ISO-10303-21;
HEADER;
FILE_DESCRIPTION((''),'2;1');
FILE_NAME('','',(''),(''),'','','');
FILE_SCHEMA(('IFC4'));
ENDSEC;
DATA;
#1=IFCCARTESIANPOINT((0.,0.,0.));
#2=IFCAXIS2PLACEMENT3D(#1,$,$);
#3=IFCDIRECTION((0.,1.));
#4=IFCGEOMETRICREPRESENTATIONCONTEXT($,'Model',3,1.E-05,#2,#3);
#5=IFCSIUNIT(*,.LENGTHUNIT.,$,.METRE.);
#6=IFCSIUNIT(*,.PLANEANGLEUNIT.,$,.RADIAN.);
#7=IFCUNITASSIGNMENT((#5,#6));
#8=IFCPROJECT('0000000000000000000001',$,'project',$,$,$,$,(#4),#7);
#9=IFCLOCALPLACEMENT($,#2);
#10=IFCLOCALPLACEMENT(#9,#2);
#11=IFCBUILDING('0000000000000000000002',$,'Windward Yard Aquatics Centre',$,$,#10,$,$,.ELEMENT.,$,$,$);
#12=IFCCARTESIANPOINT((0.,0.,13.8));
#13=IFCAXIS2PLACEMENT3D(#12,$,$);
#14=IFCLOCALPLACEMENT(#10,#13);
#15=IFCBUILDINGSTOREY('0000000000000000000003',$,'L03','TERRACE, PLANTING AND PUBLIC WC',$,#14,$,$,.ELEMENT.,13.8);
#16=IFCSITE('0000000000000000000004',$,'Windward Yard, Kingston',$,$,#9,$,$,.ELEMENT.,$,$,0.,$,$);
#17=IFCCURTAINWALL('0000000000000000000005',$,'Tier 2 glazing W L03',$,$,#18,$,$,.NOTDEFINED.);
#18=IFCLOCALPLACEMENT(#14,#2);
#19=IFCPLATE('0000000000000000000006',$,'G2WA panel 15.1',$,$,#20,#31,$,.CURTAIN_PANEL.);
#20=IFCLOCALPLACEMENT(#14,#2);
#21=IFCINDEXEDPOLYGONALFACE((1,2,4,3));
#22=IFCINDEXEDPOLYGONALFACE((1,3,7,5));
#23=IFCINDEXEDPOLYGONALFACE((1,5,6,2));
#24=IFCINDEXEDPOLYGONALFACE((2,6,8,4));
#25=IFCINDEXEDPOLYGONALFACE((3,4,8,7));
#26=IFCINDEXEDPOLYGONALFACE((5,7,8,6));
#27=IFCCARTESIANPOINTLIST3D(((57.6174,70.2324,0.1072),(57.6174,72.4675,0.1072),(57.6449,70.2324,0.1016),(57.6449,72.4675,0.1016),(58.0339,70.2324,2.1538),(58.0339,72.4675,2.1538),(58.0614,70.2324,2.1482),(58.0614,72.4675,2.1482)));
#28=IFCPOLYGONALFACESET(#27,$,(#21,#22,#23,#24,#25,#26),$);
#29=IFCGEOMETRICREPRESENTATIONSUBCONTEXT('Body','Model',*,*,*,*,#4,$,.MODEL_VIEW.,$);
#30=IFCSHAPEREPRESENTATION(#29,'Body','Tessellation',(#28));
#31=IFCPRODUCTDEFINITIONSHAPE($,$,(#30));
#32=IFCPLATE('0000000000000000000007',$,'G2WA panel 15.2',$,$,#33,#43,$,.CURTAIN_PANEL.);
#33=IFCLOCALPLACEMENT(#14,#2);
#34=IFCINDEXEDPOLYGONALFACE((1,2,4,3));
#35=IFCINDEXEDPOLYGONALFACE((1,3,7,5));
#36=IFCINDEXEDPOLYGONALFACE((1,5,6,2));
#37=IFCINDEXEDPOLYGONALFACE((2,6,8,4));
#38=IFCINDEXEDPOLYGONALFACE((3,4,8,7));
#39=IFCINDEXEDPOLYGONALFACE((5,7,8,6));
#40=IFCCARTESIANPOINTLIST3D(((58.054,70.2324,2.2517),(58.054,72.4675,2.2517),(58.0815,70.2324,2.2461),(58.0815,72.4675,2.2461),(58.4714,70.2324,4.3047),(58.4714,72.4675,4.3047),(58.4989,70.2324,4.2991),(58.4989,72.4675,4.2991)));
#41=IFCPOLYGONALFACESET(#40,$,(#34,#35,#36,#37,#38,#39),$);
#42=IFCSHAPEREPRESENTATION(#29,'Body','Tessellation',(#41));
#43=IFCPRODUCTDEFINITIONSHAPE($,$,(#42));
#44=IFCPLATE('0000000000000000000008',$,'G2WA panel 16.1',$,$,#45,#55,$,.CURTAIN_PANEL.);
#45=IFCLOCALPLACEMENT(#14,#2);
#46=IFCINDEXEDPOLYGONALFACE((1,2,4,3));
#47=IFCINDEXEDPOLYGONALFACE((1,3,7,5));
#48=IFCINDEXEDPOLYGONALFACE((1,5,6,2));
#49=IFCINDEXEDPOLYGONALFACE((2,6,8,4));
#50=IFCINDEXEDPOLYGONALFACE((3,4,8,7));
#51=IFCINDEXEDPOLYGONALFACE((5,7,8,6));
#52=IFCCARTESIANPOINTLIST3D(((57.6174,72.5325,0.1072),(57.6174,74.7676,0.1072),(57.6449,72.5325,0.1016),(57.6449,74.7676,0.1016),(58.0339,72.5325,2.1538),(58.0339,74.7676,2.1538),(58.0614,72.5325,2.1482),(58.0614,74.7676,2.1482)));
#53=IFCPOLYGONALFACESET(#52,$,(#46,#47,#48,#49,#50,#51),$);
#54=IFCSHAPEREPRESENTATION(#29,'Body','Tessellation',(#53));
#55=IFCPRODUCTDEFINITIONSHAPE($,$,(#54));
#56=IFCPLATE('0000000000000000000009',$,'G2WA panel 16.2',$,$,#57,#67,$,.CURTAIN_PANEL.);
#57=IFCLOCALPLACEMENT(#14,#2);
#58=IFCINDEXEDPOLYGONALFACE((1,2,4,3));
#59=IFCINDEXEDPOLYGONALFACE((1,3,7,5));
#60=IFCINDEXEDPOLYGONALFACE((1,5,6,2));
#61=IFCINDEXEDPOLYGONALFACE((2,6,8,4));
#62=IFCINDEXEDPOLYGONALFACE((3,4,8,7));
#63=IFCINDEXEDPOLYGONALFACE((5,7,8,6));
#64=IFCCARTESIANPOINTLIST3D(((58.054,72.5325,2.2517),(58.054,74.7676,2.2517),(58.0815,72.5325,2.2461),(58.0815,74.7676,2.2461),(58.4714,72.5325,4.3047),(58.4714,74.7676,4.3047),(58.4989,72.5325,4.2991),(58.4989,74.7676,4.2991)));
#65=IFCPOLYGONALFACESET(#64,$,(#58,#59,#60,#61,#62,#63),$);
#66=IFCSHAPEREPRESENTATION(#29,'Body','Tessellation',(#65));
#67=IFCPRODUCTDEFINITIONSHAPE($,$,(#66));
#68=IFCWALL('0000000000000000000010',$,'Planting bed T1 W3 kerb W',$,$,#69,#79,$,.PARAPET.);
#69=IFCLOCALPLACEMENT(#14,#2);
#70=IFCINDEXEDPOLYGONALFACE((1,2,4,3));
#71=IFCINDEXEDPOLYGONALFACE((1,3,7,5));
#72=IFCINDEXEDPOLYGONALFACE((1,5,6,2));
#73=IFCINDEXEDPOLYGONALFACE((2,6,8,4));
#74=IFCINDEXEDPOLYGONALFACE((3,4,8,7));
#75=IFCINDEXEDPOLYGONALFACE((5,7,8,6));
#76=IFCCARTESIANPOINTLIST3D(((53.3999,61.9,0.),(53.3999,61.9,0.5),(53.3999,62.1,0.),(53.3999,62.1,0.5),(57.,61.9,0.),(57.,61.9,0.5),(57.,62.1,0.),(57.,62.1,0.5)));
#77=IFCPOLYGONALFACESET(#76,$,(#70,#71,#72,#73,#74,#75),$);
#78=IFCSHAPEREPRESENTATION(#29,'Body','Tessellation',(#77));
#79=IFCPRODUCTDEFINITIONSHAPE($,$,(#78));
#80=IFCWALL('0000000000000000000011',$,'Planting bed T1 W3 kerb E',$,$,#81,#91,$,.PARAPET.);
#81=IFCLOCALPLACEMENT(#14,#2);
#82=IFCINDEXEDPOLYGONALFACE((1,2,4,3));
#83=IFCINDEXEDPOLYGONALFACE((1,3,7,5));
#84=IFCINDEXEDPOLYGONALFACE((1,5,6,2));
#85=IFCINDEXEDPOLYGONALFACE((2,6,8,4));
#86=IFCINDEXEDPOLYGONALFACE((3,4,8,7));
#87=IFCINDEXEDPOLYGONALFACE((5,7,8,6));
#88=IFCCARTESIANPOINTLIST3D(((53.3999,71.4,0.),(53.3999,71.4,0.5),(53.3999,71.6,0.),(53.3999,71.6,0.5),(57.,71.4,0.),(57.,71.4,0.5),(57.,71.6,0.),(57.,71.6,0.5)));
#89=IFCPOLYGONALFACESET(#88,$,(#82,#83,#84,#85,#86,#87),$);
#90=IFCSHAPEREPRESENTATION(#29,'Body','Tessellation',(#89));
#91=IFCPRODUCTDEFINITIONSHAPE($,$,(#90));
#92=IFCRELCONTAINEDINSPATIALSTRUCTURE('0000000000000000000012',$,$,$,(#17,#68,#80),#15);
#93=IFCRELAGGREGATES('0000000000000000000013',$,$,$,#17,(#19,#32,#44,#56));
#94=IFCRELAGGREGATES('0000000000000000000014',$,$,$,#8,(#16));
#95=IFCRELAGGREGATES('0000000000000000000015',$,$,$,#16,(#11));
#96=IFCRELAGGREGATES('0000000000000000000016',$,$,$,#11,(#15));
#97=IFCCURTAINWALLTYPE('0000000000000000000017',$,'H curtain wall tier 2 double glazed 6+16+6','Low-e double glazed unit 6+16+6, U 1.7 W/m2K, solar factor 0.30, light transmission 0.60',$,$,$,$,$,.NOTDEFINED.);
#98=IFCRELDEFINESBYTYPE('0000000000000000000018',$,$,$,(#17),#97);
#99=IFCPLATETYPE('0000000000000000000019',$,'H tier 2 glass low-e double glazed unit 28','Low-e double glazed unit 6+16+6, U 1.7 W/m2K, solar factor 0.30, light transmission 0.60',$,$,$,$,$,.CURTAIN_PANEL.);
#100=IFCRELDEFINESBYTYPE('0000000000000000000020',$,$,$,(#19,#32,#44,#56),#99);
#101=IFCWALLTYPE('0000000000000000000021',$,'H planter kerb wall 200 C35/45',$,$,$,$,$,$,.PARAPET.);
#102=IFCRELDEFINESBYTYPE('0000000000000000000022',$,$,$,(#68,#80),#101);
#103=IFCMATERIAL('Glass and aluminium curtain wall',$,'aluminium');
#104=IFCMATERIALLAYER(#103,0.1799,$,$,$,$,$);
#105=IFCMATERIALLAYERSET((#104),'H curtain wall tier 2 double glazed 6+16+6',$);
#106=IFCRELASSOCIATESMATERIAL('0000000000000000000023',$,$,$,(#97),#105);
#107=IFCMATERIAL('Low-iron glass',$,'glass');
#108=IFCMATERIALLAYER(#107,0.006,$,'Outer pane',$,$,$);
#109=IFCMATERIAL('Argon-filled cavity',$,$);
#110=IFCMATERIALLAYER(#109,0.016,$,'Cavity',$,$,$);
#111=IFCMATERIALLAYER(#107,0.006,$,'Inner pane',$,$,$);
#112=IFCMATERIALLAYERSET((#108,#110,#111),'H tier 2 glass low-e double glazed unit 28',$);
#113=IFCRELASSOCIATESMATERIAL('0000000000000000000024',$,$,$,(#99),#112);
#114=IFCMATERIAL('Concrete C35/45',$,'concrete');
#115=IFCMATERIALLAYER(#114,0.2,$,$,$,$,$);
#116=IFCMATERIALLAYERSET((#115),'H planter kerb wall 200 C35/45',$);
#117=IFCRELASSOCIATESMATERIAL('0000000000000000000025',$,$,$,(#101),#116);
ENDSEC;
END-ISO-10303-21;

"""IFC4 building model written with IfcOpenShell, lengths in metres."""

from ifc_helpers import new_model, si_unit, direction, frame, frame_2d, origin, place, context, subcontext, project, spatial, polyline, rectangle, outline, extrude, material, layer, layer_set, type_object, element, aggregate, save


model = new_model("IFC4")

# Units and contexts
model_context = context("Model", 3, precision=1e-05, world=origin(), true_north=direction((0.0, 1.0)))
body_context = subcontext(model_context, "Body", "Model", "MODEL_VIEW")
ifc_project = project(units=[si_unit("LENGTHUNIT", "METRE"), si_unit("PLANEANGLEUNIT", "RADIAN")], contexts=[model_context])

# Site, building, storey
site_placement = place(None, origin())
site = spatial("IfcSite", under=ifc_project, at=site_placement, Name="Windward Yard, Kingston", CompositionType="ELEMENT", RefElevation=0.0)
building_placement = place(site_placement, origin())
building = spatial("IfcBuilding", under=site, at=building_placement, Name="Windward Yard Aquatics Centre", CompositionType="ELEMENT")
storey_placement = place(building_placement, frame((0.0, 0.0, 13.8)))
storey = spatial("IfcBuildingStorey", under=building, at=storey_placement, Name="L03", Description="TERRACE, PLANTING AND PUBLIC WC", CompositionType="ELEMENT", Elevation=13.8)

# Curtain wall
ifc_material_1 = material(Name="Glass and aluminium curtain wall", Category="aluminium")
ifc_layer_1 = layer(ifc_material_1, 0.1799)
ifc_layer_set_1 = layer_set([ifc_layer_1], Name="H curtain wall tier 2 double glazed 6+16+6")
curtain_wall_type = type_object("IfcCurtainWallType", Name="H curtain wall tier 2 double glazed 6+16+6", Description="Low-e double glazed unit 6+16+6, U 1.7 W/m2K, solar factor 0.30, light transmission 0.60", PredefinedType="NOTDEFINED", material=ifc_layer_set_1)
curtain_wall_placement = place(storey_placement, origin())
curtain_wall = element("IfcCurtainWall", 1, at=curtain_wall_placement, inside=storey, type_object=curtain_wall_type, Name="Tier 2 glazing W L03", PredefinedType="NOTDEFINED")

# Plates
ifc_material_2 = material(Name="Low-iron glass", Category="glass")
ifc_layer_2 = layer(ifc_material_2, 0.006, Name="Outer pane")
ifc_material_3 = material(Name="Argon-filled cavity")
ifc_layer_3 = layer(ifc_material_3, 0.016, Name="Cavity")
ifc_layer_4 = layer(ifc_material_2, 0.006, Name="Inner pane")
ifc_layer_set_2 = layer_set([ifc_layer_2, ifc_layer_3, ifc_layer_4], Name="H tier 2 glass low-e double glazed unit 28")
plate_type = type_object("IfcPlateType", Name="H tier 2 glass low-e double glazed unit 28", Description="Low-e double glazed unit 6+16+6, U 1.7 W/m2K, solar factor 0.30, light transmission 0.60", PredefinedType="CURTAIN_PANEL", material=ifc_layer_set_2)
plate_1_placement = place(storey_placement, frame((57.6174, 70.2324, 0.1072), z_axis=(-0.979914, 0.0, 0.199419), x_axis=(0.0, 1.0, 0.0)))
plate_1 = element("IfcPlate", 2, at=plate_1_placement, type_object=plate_type, Name="G2WA panel 15.1", PredefinedType="CURTAIN_PANEL", context=body_context, shape_type="SweptSolid", body=[
    extrude(outline(polyline([(0.0, 0.0), (2.2351, 0.0), (2.2351, -2.0886), (0.0, -2.0886), (0.0, 0.0)])), origin(), (0.0, 0.0, -1.0), 0.0281),
])
plate_2_placement = place(storey_placement, frame((58.054, 70.2324, 2.2517), z_axis=(-0.979944, 0.0, 0.199275), x_axis=(0.0, 1.0, 0.0)))
plate_2 = element("IfcPlate", 3, at=plate_2_placement, type_object=plate_type, Name="G2WA panel 15.2", PredefinedType="CURTAIN_PANEL", context=body_context, shape_type="SweptSolid", body=[
    extrude(outline(polyline([(0.0, 0.0), (2.2351, 0.0), (2.2351, -2.095), (0.0, -2.095), (0.0, 0.0)])), origin(), (0.0, 0.0, -1.0), 0.0281),
])
plate_3_placement = place(storey_placement, frame((57.6174, 72.5325, 0.1072), z_axis=(-0.979914, 0.0, 0.199419), x_axis=(0.0, 1.0, 0.0)))
plate_3 = element("IfcPlate", 4, at=plate_3_placement, type_object=plate_type, Name="G2WA panel 16.1", PredefinedType="CURTAIN_PANEL", context=body_context, shape_type="SweptSolid", body=[
    extrude(outline(polyline([(0.0, 0.0), (2.2351, 0.0), (2.2351, -2.0886), (0.0, -2.0886), (0.0, 0.0)])), origin(), (0.0, 0.0, -1.0), 0.0281),
])
plate_4_placement = place(storey_placement, frame((58.054, 72.5325, 2.2517), z_axis=(-0.979944, 0.0, 0.199275), x_axis=(0.0, 1.0, 0.0)))
plate_4 = element("IfcPlate", 5, at=plate_4_placement, type_object=plate_type, Name="G2WA panel 16.2", PredefinedType="CURTAIN_PANEL", context=body_context, shape_type="SweptSolid", body=[
    extrude(outline(polyline([(0.0, 0.0), (2.2351, 0.0), (2.2351, -2.095), (0.0, -2.095), (0.0, 0.0)])), origin(), (0.0, 0.0, -1.0), 0.0281),
])
aggregate(curtain_wall, [plate_1, plate_2, plate_3, plate_4])

# Walls
ifc_material_4 = material(Name="Concrete C35/45", Category="concrete")
ifc_layer_5 = layer(ifc_material_4, 0.2)
ifc_layer_set_3 = layer_set([ifc_layer_5], Name="H planter kerb wall 200 C35/45")
wall_type = type_object("IfcWallType", Name="H planter kerb wall 200 C35/45", PredefinedType="PARAPET", material=ifc_layer_set_3)
for number, where, z_axis, x_axis, name in (
    (6, (53.3999, 62.0, 0.0), (0.0, 0.0, 1.0), (1.0, 0.0, 0.0), "Planting bed T1 W3 kerb W"),
    (7, (53.3999, 71.5, 0.0), (0.0, 0.0, 1.0), (1.0, 0.0, 0.0), "Planting bed T1 W3 kerb E"),
):
    element("IfcWall", number, at=place(storey_placement, frame(where, z_axis=z_axis, x_axis=x_axis)), inside=storey, type_object=wall_type, Name=name, PredefinedType="PARAPET", context=body_context, shape_type="SweptSolid", body=[
        extrude(rectangle(XDim=3.6001, YDim=0.2, at=frame_2d((1.8, 0.0))), origin(), (0.0, 0.0, 1.0), 0.5),
    ])

save(model, "model.ifc")
